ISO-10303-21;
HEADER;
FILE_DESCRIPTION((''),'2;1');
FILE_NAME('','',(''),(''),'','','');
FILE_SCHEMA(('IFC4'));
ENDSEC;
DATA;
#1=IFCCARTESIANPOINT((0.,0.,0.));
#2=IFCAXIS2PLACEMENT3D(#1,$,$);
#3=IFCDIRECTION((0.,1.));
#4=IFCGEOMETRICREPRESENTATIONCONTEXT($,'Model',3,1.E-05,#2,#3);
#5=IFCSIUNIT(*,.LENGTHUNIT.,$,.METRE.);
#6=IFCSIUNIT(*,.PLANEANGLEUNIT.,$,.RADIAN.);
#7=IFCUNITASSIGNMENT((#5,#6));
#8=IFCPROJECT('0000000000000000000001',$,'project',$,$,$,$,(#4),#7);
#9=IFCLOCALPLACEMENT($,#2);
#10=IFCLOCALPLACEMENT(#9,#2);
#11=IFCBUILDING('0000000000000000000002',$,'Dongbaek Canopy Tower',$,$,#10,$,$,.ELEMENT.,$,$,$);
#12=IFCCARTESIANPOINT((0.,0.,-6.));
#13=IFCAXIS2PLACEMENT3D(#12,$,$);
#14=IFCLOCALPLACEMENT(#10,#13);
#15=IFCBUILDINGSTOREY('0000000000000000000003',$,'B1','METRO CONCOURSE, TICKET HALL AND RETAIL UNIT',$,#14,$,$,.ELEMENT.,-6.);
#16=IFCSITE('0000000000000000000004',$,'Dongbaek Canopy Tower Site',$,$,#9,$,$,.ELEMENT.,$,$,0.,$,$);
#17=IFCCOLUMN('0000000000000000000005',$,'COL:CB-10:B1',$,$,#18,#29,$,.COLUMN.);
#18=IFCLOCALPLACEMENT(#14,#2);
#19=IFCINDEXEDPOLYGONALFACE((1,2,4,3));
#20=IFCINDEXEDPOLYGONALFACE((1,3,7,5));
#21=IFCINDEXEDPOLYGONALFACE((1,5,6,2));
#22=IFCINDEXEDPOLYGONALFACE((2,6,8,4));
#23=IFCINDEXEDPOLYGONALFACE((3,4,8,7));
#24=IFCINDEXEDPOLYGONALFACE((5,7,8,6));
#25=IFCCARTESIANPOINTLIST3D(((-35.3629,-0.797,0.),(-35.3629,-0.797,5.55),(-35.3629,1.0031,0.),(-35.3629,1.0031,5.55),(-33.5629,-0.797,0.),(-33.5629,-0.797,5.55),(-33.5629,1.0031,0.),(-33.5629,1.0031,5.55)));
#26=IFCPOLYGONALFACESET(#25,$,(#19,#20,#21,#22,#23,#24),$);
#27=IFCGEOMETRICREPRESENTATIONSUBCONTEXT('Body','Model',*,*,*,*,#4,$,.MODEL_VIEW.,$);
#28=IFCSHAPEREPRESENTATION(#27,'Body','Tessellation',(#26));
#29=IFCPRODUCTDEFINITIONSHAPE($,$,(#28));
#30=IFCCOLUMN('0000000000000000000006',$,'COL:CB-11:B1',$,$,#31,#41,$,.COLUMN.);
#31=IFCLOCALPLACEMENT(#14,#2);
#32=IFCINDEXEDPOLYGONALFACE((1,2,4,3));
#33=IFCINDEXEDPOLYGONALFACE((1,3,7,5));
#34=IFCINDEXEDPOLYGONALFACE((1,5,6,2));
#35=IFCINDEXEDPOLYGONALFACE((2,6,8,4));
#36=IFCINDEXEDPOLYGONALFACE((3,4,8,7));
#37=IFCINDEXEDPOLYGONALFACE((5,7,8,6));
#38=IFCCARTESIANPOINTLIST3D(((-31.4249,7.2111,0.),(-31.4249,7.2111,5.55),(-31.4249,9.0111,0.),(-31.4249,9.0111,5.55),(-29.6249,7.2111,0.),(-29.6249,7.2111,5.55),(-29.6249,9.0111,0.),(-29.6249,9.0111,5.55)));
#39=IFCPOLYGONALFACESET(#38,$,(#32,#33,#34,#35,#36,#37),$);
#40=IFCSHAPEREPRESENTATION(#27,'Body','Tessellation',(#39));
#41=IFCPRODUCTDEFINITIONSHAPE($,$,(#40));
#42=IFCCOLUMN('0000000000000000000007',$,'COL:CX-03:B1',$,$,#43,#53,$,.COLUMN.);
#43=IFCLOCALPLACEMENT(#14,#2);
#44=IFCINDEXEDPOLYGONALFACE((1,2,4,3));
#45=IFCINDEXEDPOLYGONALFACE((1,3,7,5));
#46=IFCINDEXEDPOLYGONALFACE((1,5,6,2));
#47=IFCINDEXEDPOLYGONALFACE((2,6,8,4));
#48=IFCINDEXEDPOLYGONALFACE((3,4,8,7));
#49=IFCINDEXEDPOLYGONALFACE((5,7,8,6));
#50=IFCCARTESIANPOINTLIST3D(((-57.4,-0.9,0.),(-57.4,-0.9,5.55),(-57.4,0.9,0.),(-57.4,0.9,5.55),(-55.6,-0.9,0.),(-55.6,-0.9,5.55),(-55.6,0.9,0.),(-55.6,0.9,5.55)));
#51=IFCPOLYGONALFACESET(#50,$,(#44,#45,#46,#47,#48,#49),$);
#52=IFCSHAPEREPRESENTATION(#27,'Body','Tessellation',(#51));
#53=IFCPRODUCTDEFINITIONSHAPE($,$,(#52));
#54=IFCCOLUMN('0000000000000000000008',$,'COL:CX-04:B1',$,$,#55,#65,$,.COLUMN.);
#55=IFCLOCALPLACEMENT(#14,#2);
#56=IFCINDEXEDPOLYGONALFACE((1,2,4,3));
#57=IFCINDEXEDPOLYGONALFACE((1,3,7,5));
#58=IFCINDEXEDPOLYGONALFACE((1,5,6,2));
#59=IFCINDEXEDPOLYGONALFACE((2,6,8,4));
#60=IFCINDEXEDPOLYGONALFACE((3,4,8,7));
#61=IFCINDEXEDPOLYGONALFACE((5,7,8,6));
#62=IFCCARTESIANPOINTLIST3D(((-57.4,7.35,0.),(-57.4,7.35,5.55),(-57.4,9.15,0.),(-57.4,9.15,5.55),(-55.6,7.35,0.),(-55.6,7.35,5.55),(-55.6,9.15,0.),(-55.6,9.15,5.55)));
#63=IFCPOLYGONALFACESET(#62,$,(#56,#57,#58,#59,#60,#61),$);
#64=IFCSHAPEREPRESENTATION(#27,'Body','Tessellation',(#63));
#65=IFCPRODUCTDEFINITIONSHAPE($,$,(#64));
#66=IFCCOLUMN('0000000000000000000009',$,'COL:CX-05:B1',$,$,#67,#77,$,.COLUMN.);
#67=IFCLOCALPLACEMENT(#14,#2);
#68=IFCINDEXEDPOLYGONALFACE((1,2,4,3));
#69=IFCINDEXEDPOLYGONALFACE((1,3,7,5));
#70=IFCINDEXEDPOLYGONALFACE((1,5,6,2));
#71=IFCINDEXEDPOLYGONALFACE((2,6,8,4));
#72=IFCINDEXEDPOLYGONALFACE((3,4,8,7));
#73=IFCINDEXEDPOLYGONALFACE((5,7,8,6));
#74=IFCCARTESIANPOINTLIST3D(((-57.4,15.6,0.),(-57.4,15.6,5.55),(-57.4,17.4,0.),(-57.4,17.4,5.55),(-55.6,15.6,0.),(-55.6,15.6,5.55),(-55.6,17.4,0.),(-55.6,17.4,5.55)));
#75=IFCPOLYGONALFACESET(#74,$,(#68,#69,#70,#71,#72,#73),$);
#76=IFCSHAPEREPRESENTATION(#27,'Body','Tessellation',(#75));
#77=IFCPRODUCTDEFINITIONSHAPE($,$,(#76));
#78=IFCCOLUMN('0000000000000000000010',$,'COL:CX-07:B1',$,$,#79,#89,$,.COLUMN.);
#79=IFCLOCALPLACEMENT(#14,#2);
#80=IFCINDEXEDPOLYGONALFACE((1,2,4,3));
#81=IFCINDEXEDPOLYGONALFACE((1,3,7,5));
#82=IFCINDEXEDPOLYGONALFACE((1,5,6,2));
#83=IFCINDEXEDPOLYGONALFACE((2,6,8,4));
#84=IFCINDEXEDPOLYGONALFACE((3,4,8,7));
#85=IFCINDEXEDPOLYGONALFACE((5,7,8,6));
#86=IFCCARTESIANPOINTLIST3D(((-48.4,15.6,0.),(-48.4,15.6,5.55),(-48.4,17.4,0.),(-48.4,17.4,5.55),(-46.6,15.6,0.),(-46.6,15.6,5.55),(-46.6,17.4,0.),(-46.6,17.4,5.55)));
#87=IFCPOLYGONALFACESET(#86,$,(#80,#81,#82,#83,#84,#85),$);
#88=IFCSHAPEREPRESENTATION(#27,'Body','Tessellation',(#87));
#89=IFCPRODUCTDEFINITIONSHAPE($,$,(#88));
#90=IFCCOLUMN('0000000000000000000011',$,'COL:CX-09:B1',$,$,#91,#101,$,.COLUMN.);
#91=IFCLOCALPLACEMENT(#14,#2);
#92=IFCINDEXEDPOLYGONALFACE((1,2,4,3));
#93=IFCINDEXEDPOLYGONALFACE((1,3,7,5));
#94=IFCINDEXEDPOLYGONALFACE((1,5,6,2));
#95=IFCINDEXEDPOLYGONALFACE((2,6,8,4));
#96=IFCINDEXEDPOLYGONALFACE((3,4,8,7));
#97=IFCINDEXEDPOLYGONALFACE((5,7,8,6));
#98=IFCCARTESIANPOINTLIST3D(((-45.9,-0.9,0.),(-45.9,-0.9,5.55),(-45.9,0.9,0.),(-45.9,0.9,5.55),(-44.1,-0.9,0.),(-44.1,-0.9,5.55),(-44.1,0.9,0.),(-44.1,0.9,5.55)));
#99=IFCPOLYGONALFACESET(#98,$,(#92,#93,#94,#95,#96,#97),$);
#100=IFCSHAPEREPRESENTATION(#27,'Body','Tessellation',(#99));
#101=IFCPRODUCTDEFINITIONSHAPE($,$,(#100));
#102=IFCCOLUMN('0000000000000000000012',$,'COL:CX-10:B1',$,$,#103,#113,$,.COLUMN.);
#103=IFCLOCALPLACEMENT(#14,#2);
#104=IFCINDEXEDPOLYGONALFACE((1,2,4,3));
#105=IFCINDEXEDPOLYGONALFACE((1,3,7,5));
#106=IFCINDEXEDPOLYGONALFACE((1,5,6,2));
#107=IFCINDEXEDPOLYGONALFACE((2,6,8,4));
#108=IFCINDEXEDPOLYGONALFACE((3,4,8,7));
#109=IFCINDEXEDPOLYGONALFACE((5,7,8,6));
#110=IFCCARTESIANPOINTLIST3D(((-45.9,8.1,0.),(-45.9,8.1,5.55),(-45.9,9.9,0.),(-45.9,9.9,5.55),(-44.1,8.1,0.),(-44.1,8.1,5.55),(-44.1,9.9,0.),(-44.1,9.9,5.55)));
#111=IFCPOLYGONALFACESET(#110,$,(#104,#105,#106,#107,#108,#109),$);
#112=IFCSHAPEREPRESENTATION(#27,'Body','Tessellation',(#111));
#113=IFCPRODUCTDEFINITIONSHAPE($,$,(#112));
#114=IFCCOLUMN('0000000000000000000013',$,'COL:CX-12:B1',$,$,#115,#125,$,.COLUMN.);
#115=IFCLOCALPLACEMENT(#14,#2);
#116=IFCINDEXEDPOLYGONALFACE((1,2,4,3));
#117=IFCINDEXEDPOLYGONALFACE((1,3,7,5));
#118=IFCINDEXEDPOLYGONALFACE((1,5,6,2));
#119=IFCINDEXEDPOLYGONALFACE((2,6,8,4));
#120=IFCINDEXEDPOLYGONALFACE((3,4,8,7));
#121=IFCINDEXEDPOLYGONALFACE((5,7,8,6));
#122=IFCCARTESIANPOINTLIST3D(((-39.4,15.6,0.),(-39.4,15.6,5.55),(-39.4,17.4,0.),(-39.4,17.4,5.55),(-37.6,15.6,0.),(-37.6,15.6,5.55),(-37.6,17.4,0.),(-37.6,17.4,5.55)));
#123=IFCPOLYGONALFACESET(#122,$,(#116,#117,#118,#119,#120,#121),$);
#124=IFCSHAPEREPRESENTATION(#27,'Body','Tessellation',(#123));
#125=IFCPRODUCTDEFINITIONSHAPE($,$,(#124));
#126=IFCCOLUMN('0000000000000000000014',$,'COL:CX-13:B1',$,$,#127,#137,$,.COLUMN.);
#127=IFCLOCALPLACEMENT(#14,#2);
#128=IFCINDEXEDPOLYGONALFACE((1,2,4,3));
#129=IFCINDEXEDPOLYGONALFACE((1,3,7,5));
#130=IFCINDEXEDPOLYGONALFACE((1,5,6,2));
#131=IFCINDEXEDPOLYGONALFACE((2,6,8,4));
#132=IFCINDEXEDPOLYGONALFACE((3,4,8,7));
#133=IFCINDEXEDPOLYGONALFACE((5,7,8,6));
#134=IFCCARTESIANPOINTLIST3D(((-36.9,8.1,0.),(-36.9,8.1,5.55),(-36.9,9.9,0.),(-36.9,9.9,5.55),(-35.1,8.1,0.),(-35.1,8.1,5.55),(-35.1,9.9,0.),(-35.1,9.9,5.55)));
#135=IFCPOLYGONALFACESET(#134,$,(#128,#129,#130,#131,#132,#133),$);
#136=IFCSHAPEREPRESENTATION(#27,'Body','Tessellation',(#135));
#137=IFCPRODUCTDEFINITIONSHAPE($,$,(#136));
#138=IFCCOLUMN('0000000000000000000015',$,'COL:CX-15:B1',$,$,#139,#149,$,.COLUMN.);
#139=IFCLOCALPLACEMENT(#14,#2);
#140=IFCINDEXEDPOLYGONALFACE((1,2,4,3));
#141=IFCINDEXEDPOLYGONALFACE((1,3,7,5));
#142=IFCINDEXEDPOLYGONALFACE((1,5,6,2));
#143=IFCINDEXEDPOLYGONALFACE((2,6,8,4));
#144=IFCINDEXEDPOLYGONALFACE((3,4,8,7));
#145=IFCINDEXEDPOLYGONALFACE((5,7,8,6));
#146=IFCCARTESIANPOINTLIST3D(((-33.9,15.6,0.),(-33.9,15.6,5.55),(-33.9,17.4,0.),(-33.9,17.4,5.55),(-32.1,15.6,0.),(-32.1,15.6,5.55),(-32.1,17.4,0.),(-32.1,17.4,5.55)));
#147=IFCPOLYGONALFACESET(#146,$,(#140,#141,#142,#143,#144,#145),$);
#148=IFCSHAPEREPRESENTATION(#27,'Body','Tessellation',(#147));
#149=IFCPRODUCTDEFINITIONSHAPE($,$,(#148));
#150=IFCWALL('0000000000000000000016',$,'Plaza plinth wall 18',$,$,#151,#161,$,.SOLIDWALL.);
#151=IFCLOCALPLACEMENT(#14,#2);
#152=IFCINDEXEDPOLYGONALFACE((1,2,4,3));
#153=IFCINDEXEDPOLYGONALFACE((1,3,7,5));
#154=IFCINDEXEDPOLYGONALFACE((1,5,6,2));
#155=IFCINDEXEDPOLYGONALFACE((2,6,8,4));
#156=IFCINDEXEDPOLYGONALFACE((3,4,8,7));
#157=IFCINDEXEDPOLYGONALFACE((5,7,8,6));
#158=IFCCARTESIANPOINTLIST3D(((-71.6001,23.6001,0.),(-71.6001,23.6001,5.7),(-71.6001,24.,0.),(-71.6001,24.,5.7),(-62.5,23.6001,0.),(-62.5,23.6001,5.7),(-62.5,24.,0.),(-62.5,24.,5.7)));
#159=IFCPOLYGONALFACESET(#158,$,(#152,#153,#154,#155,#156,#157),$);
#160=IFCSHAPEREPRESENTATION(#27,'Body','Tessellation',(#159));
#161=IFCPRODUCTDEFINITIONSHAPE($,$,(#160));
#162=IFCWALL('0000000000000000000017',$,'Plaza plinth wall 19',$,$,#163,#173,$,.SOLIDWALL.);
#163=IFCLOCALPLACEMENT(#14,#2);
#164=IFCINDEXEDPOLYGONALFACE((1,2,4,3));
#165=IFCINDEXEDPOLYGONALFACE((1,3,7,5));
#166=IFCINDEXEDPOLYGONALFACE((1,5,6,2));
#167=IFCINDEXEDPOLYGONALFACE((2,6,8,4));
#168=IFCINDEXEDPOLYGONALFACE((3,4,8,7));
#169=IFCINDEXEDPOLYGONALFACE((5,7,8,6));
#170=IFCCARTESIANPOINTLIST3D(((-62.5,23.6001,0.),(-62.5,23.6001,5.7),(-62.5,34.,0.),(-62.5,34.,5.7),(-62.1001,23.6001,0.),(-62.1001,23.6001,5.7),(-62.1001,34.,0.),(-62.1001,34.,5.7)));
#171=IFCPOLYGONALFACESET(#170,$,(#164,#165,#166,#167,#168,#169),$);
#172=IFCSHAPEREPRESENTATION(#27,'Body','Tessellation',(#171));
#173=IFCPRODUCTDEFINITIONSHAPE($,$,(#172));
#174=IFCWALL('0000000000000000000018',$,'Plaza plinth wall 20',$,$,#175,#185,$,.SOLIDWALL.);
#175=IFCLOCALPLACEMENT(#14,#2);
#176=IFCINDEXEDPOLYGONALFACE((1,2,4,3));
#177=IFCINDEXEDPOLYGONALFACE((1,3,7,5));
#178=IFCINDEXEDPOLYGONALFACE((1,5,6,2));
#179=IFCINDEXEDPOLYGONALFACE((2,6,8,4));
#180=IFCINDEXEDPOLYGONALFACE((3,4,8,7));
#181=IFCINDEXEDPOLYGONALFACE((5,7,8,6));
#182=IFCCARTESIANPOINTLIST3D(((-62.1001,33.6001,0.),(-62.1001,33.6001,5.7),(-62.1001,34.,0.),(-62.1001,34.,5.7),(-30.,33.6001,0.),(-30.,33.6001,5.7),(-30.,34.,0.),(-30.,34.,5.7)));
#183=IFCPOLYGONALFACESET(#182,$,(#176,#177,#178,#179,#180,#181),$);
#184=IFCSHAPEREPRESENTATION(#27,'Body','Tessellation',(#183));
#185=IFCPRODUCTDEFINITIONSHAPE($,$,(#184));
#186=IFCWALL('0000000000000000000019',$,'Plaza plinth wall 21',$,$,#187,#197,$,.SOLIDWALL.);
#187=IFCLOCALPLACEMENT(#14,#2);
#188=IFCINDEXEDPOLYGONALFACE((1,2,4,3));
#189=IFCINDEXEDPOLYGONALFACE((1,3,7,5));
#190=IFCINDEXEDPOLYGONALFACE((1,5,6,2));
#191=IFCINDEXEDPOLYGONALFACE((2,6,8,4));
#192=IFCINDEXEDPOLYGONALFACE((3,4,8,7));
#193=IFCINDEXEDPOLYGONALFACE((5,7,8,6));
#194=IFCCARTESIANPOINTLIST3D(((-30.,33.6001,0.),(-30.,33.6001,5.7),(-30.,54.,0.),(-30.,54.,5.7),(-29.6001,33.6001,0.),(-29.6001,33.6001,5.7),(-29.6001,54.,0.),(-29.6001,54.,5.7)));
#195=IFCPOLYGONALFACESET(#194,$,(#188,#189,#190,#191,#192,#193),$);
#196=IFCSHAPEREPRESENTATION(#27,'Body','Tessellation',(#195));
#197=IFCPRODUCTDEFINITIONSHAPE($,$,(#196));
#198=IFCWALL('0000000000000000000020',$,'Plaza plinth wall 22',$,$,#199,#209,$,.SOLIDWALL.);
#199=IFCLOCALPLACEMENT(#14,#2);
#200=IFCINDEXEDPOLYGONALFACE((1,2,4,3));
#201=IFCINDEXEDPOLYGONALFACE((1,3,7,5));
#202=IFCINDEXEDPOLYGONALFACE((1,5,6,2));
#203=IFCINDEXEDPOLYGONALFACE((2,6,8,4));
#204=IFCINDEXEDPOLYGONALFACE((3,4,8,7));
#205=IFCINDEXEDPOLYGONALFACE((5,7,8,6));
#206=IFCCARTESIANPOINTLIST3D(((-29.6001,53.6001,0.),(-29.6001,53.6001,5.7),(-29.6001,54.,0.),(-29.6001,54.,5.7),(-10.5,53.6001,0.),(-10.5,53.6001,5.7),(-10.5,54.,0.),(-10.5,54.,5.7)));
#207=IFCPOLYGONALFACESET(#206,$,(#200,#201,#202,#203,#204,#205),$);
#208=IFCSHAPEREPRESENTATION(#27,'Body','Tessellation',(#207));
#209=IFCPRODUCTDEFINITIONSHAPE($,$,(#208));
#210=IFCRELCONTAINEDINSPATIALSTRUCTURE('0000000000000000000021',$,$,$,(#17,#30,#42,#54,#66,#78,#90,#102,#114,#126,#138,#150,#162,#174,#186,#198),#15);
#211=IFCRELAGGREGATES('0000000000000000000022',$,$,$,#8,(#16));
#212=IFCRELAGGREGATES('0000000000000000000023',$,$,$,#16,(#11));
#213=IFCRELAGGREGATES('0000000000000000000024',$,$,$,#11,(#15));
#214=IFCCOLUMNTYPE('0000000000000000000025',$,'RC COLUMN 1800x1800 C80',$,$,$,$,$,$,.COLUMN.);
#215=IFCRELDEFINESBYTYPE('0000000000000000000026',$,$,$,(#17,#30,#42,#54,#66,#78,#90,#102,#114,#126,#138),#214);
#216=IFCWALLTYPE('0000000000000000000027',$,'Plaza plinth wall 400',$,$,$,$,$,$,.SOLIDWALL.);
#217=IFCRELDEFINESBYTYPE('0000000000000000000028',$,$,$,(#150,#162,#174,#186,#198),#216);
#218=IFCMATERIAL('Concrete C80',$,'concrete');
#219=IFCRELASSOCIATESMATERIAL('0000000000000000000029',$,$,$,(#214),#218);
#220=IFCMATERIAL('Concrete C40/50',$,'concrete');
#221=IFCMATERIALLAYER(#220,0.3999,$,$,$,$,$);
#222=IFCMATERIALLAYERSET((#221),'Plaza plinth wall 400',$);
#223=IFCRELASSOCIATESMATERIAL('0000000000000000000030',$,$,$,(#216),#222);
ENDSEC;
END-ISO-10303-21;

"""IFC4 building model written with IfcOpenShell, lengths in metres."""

from ifc_helpers import new_model, si_unit, direction, frame, frame_2d, origin, origin_2d, place, context, subcontext, project, spatial, rectangle, extrude, material, layer, layer_set, material_profile, profile_set, type_object, element, save


model = new_model("IFC4")

# Units and contexts
model_context = context("Model", 3, precision=1e-05, world=origin(), true_north=direction((0.0, 1.0)))
body_context = subcontext(model_context, "Body", "Model", "MODEL_VIEW")
ifc_project = project(units=[si_unit("LENGTHUNIT", "METRE"), si_unit("PLANEANGLEUNIT", "RADIAN")], contexts=[model_context])

# Site, building, storey
site_placement = place(None, origin())
site = spatial("IfcSite", under=ifc_project, at=site_placement, Name="Dongbaek Canopy Tower Site", CompositionType="ELEMENT", RefElevation=0.0)
building_placement = place(site_placement, origin())
building = spatial("IfcBuilding", under=site, at=building_placement, Name="Dongbaek Canopy Tower", CompositionType="ELEMENT")
storey_placement = place(building_placement, frame((0.0, 0.0, -6.0)))
storey = spatial("IfcBuildingStorey", under=building, at=storey_placement, Name="B1", Description="METRO CONCOURSE, TICKET HALL AND RETAIL UNIT", CompositionType="ELEMENT", Elevation=-6.0)

# Columns
ifc_material_1 = material(Name="Concrete C80", Category="concrete")
ifc_material_profile = material_profile(ifc_material_1, rectangle(XDim=1.8, YDim=1.8, at=origin_2d()), Name="RC COLUMN 1800x1800 C80")
ifc_profile_set = profile_set([ifc_material_profile], Name="Concrete C80")
column_type = type_object("IfcColumnType", Name="RC COLUMN 1800x1800 C80", PredefinedType="COLUMN", material=ifc_profile_set)
for number, where, z_axis, x_axis, name in (
    (1, (-34.4629, 0.103, 0.0), (0.0, 0.0, 1.0), (1.0, 0.0, 0.0), "COL:CB-10:B1"),
    (2, (-30.5249, 8.1111, 0.0), (0.0, 0.0, 1.0), (1.0, 0.0, 0.0), "COL:CB-11:B1"),
    (3, (-56.5, 0.0, 0.0), (0.0, 0.0, 1.0), (1.0, 0.0, 0.0), "COL:CX-03:B1"),
    (4, (-56.5, 8.25, 0.0), (0.0, 0.0, 1.0), (1.0, 0.0, 0.0), "COL:CX-04:B1"),
    (5, (-56.5, 16.5, 0.0), (0.0, 0.0, 1.0), (1.0, 0.0, 0.0), "COL:CX-05:B1"),
    (6, (-47.5, 16.5, 0.0), (0.0, 0.0, 1.0), (1.0, 0.0, 0.0), "COL:CX-07:B1"),
    (7, (-45.0, 0.0, 0.0), (0.0, 0.0, 1.0), (1.0, 0.0, 0.0), "COL:CX-09:B1"),
    (8, (-45.0, 9.0, 0.0), (0.0, 0.0, 1.0), (1.0, 0.0, 0.0), "COL:CX-10:B1"),
    (9, (-38.5, 16.5, 0.0), (0.0, 0.0, 1.0), (1.0, 0.0, 0.0), "COL:CX-12:B1"),
    (10, (-36.0, 9.0, 0.0), (0.0, 0.0, 1.0), (1.0, 0.0, 0.0), "COL:CX-13:B1"),
    (11, (-33.0, 16.5, 0.0), (0.0, 0.0, 1.0), (1.0, 0.0, 0.0), "COL:CX-15:B1"),
):
    element("IfcColumn", number, at=place(storey_placement, frame(where, z_axis=z_axis, x_axis=x_axis)), inside=storey, type_object=column_type, Name=name, PredefinedType="COLUMN", context=body_context, shape_type="SweptSolid", body=[
        extrude(rectangle(XDim=1.8, YDim=1.8, at=origin_2d()), origin(), (0.0, 0.0, 1.0), 5.55),
    ])

# Walls
ifc_material_2 = material(Name="Concrete C40/50", Category="concrete")
ifc_layer_1 = layer(ifc_material_2, 0.3999)
ifc_layer_set_1 = layer_set([ifc_layer_1], Name="Plaza plinth wall 400")
wall_type_1 = type_object("IfcWallType", Name="Plaza plinth wall 400", PredefinedType="SOLIDWALL", material=ifc_layer_set_1)
wall_1_placement = place(storey_placement, frame((-71.6001, 23.8, 0.0), z_axis=(0.0, 0.0, 1.0), x_axis=(1.0, 0.0, 0.0)))
element("IfcWall", 12, at=wall_1_placement, inside=storey, type_object=wall_type_1, Name="Plaza plinth wall 18", PredefinedType="SOLIDWALL", context=body_context, shape_type="SweptSolid", body=[
    extrude(rectangle(XDim=9.1001, YDim=0.3999, at=frame_2d((4.55, 0.0))), origin(), (0.0, 0.0, 1.0), 5.7),
])
wall_2_placement = place(storey_placement, frame((-62.3, 23.6001, 0.0), z_axis=(0.0, 0.0, 1.0), x_axis=(0.0, 1.0, 0.0)))
element("IfcWall", 13, at=wall_2_placement, inside=storey, type_object=wall_type_1, Name="Plaza plinth wall 19", PredefinedType="SOLIDWALL", context=body_context, shape_type="SweptSolid", body=[
    extrude(rectangle(XDim=10.3999, YDim=0.3999, at=frame_2d((5.2, 0.0))), origin(), (0.0, 0.0, 1.0), 5.7),
])
wall_3_placement = place(storey_placement, frame((-62.1001, 33.8, 0.0), z_axis=(0.0, 0.0, 1.0), x_axis=(1.0, 0.0, 0.0)))
element("IfcWall", 14, at=wall_3_placement, inside=storey, type_object=wall_type_1, Name="Plaza plinth wall 20", PredefinedType="SOLIDWALL", context=body_context, shape_type="SweptSolid", body=[
    extrude(rectangle(XDim=32.1001, YDim=0.3999, at=frame_2d((16.05, 0.0))), origin(), (0.0, 0.0, 1.0), 5.7),
])
wall_4_placement = place(storey_placement, frame((-29.8, 33.6001, 0.0), z_axis=(0.0, 0.0, 1.0), x_axis=(0.0, 1.0, 0.0)))
element("IfcWall", 15, at=wall_4_placement, inside=storey, type_object=wall_type_1, Name="Plaza plinth wall 21", PredefinedType="SOLIDWALL", context=body_context, shape_type="SweptSolid", body=[
    extrude(rectangle(XDim=20.3999, YDim=0.3999, at=frame_2d((10.2, 0.0))), origin(), (0.0, 0.0, 1.0), 5.7),
])
wall_5_placement = place(storey_placement, frame((-29.6001, 53.8, 0.0), z_axis=(0.0, 0.0, 1.0), x_axis=(1.0, 0.0, 0.0)))
element("IfcWall", 16, at=wall_5_placement, inside=storey, type_object=wall_type_1, Name="Plaza plinth wall 22", PredefinedType="SOLIDWALL", context=body_context, shape_type="SweptSolid", body=[
    extrude(rectangle(XDim=19.1001, YDim=0.3999, at=frame_2d((9.55, 0.0))), origin(), (0.0, 0.0, 1.0), 5.7),
])

save(model, "model.ifc")
